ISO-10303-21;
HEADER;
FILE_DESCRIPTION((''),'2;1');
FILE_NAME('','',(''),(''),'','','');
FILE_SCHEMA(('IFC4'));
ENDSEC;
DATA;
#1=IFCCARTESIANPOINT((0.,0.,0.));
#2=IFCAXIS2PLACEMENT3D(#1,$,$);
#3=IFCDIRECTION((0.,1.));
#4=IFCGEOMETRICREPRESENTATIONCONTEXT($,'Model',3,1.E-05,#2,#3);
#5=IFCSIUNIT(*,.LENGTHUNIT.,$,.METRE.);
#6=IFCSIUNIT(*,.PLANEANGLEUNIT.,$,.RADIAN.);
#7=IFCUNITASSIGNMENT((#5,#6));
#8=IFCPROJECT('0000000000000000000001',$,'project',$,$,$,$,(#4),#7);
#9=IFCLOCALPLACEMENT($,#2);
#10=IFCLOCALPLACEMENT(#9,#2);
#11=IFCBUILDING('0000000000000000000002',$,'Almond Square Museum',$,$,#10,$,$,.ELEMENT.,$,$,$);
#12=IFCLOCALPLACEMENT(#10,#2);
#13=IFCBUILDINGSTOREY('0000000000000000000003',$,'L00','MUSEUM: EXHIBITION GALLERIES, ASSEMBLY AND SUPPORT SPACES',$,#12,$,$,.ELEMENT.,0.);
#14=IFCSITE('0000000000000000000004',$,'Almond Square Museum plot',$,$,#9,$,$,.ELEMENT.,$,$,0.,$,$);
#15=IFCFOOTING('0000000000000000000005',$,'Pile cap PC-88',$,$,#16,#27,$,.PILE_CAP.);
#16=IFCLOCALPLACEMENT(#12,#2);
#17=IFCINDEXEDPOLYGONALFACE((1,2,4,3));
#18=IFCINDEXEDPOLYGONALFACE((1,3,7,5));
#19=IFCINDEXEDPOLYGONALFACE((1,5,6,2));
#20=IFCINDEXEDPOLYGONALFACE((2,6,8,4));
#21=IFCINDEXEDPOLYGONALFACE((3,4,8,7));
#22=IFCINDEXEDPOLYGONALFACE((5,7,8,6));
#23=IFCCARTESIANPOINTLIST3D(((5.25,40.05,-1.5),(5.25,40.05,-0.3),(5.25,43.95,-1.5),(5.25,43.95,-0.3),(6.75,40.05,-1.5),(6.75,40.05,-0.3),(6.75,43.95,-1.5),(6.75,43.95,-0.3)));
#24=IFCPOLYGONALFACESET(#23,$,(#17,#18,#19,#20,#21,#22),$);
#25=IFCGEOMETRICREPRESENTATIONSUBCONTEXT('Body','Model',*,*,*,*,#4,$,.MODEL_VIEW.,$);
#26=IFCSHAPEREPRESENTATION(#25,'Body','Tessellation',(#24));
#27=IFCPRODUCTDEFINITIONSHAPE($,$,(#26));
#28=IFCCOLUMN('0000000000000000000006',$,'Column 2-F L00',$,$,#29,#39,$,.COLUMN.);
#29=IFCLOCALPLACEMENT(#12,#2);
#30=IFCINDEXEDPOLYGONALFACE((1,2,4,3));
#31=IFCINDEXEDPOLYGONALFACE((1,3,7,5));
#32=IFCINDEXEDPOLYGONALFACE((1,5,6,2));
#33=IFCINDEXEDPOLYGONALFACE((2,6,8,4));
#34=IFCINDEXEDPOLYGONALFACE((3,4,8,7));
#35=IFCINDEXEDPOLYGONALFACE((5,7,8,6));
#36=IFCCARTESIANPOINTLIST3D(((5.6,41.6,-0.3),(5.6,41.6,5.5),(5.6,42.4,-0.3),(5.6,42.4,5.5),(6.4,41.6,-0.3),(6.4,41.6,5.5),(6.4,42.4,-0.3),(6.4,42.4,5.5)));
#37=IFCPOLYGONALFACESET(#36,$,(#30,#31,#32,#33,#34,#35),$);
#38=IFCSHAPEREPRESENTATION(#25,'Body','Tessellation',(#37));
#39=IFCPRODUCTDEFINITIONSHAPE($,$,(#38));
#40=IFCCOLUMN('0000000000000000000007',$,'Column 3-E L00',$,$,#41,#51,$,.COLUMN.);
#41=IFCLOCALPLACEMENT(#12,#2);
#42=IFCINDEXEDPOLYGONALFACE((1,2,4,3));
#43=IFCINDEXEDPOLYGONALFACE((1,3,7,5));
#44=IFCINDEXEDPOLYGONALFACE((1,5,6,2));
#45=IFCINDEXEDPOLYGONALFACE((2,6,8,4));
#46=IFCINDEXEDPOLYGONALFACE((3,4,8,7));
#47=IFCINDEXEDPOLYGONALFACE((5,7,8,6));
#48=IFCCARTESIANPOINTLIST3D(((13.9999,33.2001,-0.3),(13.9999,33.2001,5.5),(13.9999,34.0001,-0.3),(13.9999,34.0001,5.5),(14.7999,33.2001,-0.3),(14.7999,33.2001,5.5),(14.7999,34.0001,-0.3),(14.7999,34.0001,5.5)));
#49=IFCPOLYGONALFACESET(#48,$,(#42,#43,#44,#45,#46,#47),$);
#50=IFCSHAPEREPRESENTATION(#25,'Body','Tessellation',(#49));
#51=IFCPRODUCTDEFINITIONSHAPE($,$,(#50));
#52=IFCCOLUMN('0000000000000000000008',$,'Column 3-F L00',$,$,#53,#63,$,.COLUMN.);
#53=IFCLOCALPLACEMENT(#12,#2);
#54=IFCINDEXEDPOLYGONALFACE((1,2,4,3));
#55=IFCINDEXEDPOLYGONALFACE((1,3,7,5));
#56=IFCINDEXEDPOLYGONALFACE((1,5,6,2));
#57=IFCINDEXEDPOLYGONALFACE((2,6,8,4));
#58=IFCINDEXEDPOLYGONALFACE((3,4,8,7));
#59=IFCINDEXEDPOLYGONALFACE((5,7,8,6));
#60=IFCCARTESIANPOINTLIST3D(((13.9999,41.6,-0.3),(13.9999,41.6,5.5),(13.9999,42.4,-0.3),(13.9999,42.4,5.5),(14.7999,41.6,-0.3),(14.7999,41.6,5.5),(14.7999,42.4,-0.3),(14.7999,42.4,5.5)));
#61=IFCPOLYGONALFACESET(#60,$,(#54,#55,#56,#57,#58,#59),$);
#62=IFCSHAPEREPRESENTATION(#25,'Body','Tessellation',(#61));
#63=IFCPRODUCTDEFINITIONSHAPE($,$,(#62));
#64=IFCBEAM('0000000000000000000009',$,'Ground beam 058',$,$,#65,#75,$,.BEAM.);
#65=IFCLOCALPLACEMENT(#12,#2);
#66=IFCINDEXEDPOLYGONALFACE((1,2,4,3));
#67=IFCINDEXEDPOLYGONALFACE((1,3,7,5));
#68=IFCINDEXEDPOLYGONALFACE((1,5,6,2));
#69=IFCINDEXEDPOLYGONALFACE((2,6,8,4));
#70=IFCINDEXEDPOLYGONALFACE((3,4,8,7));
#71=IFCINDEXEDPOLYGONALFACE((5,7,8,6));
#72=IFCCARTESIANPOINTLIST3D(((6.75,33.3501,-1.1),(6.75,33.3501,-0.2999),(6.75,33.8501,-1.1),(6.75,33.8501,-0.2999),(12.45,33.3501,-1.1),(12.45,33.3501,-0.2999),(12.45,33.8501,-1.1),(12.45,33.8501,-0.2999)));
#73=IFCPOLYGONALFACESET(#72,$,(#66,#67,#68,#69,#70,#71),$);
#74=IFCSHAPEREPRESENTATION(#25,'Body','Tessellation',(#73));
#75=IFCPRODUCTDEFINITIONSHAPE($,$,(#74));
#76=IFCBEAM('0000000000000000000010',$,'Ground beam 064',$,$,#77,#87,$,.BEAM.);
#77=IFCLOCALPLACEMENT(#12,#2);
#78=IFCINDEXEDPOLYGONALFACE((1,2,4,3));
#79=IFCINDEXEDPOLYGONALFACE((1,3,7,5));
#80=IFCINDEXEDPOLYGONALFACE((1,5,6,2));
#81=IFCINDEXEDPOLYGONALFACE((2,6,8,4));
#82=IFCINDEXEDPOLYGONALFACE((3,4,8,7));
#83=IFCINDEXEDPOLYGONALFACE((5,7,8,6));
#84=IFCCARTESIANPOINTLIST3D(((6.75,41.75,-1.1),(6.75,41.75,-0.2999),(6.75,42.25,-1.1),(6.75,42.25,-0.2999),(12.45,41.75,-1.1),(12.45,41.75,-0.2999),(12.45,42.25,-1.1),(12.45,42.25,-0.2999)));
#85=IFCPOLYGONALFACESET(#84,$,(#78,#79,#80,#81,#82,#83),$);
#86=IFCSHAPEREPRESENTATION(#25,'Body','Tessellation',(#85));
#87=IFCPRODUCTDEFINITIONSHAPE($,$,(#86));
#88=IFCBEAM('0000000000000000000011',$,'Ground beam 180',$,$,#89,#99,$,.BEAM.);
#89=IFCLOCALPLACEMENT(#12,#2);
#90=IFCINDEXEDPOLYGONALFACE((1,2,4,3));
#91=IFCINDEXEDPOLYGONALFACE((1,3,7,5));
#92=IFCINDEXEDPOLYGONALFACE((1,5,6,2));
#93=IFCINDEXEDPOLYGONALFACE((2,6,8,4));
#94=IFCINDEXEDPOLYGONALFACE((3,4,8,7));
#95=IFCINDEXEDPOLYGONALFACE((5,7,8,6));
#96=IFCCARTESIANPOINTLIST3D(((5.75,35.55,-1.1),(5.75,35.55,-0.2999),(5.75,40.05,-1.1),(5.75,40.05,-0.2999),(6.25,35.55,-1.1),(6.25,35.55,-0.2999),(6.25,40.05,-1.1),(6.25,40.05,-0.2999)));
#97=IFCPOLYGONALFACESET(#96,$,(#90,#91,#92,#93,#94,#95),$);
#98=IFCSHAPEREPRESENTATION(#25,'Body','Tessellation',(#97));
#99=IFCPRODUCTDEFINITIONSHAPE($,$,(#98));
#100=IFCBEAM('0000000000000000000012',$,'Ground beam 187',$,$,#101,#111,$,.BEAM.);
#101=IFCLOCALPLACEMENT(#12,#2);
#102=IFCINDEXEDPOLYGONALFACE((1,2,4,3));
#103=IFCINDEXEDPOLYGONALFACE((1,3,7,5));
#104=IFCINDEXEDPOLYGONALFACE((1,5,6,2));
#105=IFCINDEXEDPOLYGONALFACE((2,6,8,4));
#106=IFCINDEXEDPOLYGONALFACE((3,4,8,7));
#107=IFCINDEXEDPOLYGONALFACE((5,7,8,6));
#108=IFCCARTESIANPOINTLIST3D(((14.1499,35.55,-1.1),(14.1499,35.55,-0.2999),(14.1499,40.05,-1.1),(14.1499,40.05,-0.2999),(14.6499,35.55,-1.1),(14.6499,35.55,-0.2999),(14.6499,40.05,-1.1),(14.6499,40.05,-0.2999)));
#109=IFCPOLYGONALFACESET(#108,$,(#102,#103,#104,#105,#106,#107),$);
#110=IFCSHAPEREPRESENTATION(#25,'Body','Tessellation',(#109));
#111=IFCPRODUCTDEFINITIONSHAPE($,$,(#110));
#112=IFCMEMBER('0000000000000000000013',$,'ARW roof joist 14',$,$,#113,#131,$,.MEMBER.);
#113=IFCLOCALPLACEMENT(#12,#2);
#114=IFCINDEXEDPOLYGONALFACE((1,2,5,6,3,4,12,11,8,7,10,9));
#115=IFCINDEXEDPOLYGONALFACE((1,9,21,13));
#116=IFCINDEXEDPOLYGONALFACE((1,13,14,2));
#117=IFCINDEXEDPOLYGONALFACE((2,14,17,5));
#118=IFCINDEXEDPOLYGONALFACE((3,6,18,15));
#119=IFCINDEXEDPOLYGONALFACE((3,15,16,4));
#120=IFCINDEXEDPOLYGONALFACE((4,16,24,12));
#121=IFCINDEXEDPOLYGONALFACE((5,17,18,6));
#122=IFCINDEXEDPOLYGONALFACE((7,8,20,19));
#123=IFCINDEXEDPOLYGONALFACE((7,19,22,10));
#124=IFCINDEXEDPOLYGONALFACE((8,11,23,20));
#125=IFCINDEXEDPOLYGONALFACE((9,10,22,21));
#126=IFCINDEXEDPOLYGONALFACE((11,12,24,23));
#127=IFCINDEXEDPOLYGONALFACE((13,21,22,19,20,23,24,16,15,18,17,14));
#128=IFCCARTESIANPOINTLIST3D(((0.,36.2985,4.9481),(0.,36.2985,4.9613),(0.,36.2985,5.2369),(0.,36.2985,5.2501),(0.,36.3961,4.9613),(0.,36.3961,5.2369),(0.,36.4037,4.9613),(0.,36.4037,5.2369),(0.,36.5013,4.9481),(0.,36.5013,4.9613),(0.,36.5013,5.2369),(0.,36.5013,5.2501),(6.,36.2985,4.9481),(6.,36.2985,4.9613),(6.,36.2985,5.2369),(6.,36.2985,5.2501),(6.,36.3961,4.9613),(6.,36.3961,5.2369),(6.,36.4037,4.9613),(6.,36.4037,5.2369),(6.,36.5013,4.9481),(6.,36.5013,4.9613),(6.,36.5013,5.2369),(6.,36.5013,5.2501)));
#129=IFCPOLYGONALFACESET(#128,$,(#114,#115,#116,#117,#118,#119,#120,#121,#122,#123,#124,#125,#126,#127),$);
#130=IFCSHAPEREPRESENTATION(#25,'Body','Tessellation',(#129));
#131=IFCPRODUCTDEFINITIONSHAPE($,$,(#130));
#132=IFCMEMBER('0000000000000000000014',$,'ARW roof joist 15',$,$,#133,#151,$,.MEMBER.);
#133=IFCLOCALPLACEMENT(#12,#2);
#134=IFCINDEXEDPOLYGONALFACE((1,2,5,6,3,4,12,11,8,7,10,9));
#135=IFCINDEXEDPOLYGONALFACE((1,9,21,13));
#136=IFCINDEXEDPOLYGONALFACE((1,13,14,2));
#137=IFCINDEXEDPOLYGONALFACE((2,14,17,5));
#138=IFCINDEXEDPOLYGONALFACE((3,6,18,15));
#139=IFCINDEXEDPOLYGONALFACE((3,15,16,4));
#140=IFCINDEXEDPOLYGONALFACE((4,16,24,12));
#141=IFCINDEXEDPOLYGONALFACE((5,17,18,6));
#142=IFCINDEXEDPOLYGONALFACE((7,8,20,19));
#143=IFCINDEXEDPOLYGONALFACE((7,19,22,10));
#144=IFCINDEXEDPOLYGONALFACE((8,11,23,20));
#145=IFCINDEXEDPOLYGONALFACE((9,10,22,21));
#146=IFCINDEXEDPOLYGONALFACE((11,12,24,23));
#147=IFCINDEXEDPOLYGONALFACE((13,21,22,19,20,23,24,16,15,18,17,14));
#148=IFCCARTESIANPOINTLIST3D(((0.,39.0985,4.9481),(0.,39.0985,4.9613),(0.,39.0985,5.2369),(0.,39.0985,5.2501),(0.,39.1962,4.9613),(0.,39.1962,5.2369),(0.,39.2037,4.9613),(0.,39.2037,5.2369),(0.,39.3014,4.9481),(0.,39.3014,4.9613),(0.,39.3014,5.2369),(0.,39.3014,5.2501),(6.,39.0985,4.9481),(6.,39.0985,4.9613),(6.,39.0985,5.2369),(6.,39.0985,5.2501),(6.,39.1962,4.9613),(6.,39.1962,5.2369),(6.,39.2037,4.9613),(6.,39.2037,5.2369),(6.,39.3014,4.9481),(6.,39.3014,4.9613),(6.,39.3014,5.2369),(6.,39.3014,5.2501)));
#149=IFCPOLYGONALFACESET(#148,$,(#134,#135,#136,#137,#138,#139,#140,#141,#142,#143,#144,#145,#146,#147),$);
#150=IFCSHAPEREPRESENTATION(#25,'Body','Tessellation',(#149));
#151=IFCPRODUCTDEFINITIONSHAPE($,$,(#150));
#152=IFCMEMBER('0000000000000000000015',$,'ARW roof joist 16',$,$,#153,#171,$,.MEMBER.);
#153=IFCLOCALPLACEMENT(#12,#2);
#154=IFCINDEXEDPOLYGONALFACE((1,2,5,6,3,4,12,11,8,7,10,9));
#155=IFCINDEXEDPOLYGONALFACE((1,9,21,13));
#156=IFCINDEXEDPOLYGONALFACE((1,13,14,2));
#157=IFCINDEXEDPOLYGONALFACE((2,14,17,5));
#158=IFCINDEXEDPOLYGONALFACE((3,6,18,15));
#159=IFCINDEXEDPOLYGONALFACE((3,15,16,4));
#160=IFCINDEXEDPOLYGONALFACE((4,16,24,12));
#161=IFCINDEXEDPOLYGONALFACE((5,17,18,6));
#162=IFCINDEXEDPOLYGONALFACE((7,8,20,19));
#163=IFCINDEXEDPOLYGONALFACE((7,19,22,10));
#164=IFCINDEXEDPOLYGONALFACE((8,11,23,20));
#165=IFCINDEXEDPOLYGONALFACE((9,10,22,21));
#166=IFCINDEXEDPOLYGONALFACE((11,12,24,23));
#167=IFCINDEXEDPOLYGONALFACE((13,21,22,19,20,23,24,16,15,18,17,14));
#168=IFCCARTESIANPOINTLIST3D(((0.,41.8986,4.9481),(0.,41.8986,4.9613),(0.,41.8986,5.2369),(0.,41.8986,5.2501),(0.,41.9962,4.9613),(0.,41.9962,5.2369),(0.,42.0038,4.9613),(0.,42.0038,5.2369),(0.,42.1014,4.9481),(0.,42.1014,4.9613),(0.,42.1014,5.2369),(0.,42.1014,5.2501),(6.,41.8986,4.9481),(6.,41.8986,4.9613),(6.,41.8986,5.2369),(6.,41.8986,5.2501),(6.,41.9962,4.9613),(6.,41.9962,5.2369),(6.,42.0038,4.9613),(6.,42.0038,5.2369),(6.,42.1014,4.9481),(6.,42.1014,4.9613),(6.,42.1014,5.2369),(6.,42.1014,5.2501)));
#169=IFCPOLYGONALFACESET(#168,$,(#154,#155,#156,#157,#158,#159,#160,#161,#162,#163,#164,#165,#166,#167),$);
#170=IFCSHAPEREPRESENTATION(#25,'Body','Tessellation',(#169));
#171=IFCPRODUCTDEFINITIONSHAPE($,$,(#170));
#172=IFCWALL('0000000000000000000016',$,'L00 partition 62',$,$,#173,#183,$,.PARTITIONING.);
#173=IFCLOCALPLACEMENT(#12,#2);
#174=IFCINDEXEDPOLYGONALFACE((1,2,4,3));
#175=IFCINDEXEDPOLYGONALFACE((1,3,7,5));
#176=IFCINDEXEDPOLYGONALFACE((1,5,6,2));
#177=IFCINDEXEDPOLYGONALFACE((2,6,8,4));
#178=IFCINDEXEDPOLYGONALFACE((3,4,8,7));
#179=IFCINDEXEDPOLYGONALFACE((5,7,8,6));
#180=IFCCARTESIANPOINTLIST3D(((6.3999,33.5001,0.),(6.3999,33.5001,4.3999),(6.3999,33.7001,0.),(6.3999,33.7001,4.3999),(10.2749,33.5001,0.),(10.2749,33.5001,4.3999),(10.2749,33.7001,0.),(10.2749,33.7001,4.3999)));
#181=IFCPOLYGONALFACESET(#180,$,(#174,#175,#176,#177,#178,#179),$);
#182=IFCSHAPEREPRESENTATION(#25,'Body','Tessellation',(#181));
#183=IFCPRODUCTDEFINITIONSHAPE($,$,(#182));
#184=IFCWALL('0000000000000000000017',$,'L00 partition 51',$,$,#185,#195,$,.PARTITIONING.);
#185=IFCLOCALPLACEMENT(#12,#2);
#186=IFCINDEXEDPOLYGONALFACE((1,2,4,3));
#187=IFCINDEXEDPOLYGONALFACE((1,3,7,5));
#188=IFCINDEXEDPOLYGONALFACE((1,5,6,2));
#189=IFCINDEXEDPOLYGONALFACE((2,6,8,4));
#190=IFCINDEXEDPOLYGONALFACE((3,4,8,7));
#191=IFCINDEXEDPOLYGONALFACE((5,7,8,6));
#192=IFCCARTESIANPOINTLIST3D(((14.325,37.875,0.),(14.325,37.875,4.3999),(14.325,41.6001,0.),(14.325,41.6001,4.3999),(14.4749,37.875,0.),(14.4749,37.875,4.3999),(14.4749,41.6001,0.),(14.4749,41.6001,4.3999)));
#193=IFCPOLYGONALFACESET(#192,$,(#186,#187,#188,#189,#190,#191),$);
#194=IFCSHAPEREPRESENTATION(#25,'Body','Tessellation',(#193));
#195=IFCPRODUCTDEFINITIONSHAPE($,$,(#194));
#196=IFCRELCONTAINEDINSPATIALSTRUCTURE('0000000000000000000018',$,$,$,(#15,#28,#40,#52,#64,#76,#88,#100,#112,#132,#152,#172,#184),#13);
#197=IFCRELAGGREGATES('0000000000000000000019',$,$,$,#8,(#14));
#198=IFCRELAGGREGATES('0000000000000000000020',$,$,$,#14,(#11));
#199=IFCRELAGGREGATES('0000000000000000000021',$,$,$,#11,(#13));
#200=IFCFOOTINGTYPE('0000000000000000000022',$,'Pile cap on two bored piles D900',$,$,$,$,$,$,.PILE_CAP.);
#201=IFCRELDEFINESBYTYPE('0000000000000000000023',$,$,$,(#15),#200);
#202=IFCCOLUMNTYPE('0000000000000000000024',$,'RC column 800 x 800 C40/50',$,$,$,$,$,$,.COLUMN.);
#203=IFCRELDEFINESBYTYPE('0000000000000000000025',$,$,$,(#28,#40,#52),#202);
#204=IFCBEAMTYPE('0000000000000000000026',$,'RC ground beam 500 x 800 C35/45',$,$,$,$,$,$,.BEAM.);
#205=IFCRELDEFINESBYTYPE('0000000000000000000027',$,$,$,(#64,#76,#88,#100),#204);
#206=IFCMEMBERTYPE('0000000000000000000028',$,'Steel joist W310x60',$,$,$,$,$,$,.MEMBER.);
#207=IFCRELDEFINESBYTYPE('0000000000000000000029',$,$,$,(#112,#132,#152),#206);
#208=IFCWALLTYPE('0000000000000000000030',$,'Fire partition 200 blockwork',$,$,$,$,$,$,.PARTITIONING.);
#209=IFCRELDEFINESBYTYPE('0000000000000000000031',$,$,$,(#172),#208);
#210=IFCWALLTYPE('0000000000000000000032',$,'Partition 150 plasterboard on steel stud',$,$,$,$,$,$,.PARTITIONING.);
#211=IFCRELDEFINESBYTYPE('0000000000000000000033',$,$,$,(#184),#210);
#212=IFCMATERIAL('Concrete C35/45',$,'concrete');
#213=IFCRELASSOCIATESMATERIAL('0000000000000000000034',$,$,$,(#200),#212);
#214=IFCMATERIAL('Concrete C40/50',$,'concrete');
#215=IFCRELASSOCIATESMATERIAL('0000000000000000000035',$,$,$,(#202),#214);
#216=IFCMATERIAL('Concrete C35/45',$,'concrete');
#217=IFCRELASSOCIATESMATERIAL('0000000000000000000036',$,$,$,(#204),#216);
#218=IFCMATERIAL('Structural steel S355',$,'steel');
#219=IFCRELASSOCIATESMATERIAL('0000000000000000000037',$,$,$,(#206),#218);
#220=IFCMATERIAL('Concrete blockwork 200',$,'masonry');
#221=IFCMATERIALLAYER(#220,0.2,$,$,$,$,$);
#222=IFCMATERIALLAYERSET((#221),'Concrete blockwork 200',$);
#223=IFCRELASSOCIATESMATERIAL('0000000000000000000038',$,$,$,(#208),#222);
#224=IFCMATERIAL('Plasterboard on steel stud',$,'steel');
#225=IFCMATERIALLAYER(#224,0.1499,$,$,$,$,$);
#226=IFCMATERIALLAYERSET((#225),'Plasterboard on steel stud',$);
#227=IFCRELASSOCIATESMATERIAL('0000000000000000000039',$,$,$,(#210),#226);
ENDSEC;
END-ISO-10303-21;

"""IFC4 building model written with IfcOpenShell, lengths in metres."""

from ifc_helpers import new_model, si_unit, direction, frame, frame_2d, origin, origin_2d, place, context, subcontext, project, spatial, rectangle, i_section, extrude, material, layer, layer_set, material_profile, profile_set, type_object, element, save


model = new_model("IFC4")

# Units and contexts
model_context = context("Model", 3, precision=1e-05, world=origin(), true_north=direction((0.0, 1.0)))
body_context = subcontext(model_context, "Body", "Model", "MODEL_VIEW")
ifc_project = project(units=[si_unit("LENGTHUNIT", "METRE"), si_unit("PLANEANGLEUNIT", "RADIAN")], contexts=[model_context])

# Site, building, storey
site_placement = place(None, origin())
site = spatial("IfcSite", under=ifc_project, at=site_placement, Name="Almond Square Museum plot", CompositionType="ELEMENT", RefElevation=0.0)
building_placement = place(site_placement, origin())
building = spatial("IfcBuilding", under=site, at=building_placement, Name="Almond Square Museum", CompositionType="ELEMENT")
storey_placement = place(building_placement, origin())
storey = spatial("IfcBuildingStorey", under=building, at=storey_placement, Name="L00", Description="MUSEUM: EXHIBITION GALLERIES, ASSEMBLY AND SUPPORT SPACES", CompositionType="ELEMENT", Elevation=0.0)

# Footing
ifc_material_1 = material(Name="Concrete C35/45", Category="concrete")
footing_type_1 = type_object("IfcFootingType", Name="Pile cap on two bored piles D900", PredefinedType="PILE_CAP", material=ifc_material_1)
footing_placement = place(storey_placement, frame((6.0, 42.0, -1.5), z_axis=(0.0, 0.0, 1.0), x_axis=(1.0, 0.0, 0.0)))
element("IfcFooting", 1, at=footing_placement, inside=storey, type_object=footing_type_1, Name="Pile cap PC-88", PredefinedType="PILE_CAP", context=body_context, shape_type="SweptSolid", body=[
    extrude(rectangle(XDim=1.5, YDim=3.8999, at=origin_2d()), origin(), (0.0, 0.0, 1.0), 1.2),
])

# Columns
ifc_material_2 = material(Name="Concrete C40/50", Category="concrete")
ifc_material_profile_1 = material_profile(ifc_material_2, rectangle(XDim=0.8, YDim=0.8, at=origin_2d()))
ifc_profile_set_1 = profile_set([ifc_material_profile_1], Name="Concrete C40/50")
column_type = type_object("IfcColumnType", Name="RC column 800 x 800 C40/50", PredefinedType="COLUMN", material=ifc_profile_set_1)
for number, where, z_axis, x_axis, name in (
    (2, (6.0, 42.0, -0.3), (0.0, 0.0, 1.0), (1.0, 0.0, 0.0), "Column 2-F L00"),
    (3, (14.3999, 33.6001, -0.3), (0.0, 0.0, 1.0), (1.0, 0.0, 0.0), "Column 3-E L00"),
    (4, (14.3999, 42.0, -0.3), (0.0, 0.0, 1.0), (1.0, 0.0, 0.0), "Column 3-F L00"),
):
    element("IfcColumn", number, at=place(storey_placement, frame(where, z_axis=z_axis, x_axis=x_axis)), inside=storey, type_object=column_type, Name=name, PredefinedType="COLUMN", context=body_context, shape_type="SweptSolid", body=[
        extrude(rectangle(XDim=0.8, YDim=0.8, at=origin_2d()), origin(), (0.0, 0.0, 1.0), 5.8),
    ])

# Beams
ifc_material_3 = material(Name="Concrete C35/45", Category="concrete")
ifc_material_profile_2 = material_profile(ifc_material_3, rectangle(XDim=0.5, YDim=0.8, at=origin_2d()))
ifc_profile_set_2 = profile_set([ifc_material_profile_2], Name="Concrete C35/45")
beam_type = type_object("IfcBeamType", Name="RC ground beam 500 x 800 C35/45", PredefinedType="BEAM", material=ifc_profile_set_2)
for number, where, z_axis, x_axis, name in (
    (5, (6.75, 33.6001, -0.7), (1.0, 0.0, 0.0), (0.0, 1.0, 0.0), "Ground beam 058"),
    (6, (6.75, 42.0, -0.7), (1.0, 0.0, 0.0), (0.0, 1.0, 0.0), "Ground beam 064"),
):
    element("IfcBeam", number, at=place(storey_placement, frame(where, z_axis=z_axis, x_axis=x_axis)), inside=storey, type_object=beam_type, Name=name, PredefinedType="BEAM", context=body_context, shape_type="SweptSolid", body=[
        extrude(rectangle(XDim=0.5, YDim=0.8, at=origin_2d()), origin(), (0.0, 0.0, 1.0), 5.7),
    ])
for number, where, z_axis, x_axis, name in (
    (7, (6.0, 35.55, -0.7), (0.0, 1.0, 0.0), (-1.0, 0.0, 0.0), "Ground beam 180"),
    (8, (14.3999, 35.55, -0.7), (0.0, 1.0, 0.0), (-1.0, 0.0, 0.0), "Ground beam 187"),
):
    element("IfcBeam", number, at=place(storey_placement, frame(where, z_axis=z_axis, x_axis=x_axis)), inside=storey, type_object=beam_type, Name=name, PredefinedType="BEAM", context=body_context, shape_type="SweptSolid", body=[
        extrude(rectangle(XDim=0.5, YDim=0.8, at=origin_2d()), origin(), (0.0, 0.0, 1.0), 4.5),
    ])

# Members
ifc_material_4 = material(Name="Structural steel S355", Category="steel")
ifc_material_profile_3 = material_profile(ifc_material_4, i_section(OverallWidth=0.2029, OverallDepth=0.302, WebThickness=0.0076, FlangeThickness=0.0132, at=origin_2d()))
ifc_profile_set_3 = profile_set([ifc_material_profile_3], Name="Structural steel S355")
member_type = type_object("IfcMemberType", Name="Steel joist W310x60", PredefinedType="MEMBER", material=ifc_profile_set_3)
for number, where, z_axis, x_axis, name in (
    (9, (6.0, 36.3999, 5.0991), (-1.0, 0.0, 0.0), (0.0, -1.0, 0.0), "ARW roof joist 14"),
    (10, (6.0, 39.2, 5.0991), (-1.0, 0.0, 0.0), (0.0, -1.0, 0.0), "ARW roof joist 15"),
    (11, (6.0, 42.0, 5.0991), (-1.0, 0.0, 0.0), (0.0, -1.0, 0.0), "ARW roof joist 16"),
):
    element("IfcMember", number, at=place(storey_placement, frame(where, z_axis=z_axis, x_axis=x_axis)), inside=storey, type_object=member_type, Name=name, PredefinedType="MEMBER", context=body_context, shape_type="SweptSolid", body=[
        extrude(i_section(OverallWidth=0.2029, OverallDepth=0.302, WebThickness=0.0076, FlangeThickness=0.0132, at=origin_2d()), origin(), (0.0, 0.0, 1.0), 6.0),
    ])

# Walls
ifc_material_5 = material(Name="Concrete blockwork 200", Category="masonry")
ifc_layer_1 = layer(ifc_material_5, 0.2)
ifc_layer_set_1 = layer_set([ifc_layer_1], Name="Concrete blockwork 200")
wall_type_1 = type_object("IfcWallType", Name="Fire partition 200 blockwork", PredefinedType="PARTITIONING", material=ifc_layer_set_1)
wall_1_placement = place(storey_placement, frame((6.3999, 33.6001, 0.0), z_axis=(0.0, 0.0, 1.0), x_axis=(1.0, 0.0, 0.0)))
element("IfcWall", 12, at=wall_1_placement, inside=storey, type_object=wall_type_1, Name="L00 partition 62", PredefinedType="PARTITIONING", context=body_context, shape_type="SweptSolid", body=[
    extrude(rectangle(XDim=3.875, YDim=0.2, at=frame_2d((1.9375, 0.0))), origin(), (0.0, 0.0, 1.0), 4.3999),
])
ifc_material_6 = material(Name="Plasterboard on steel stud", Category="steel")
ifc_layer_2 = layer(ifc_material_6, 0.1499)
ifc_layer_set_2 = layer_set([ifc_layer_2], Name="Plasterboard on steel stud")
wall_type_2 = type_object("IfcWallType", Name="Partition 150 plasterboard on steel stud", PredefinedType="PARTITIONING", material=ifc_layer_set_2)
wall_2_placement = place(storey_placement, frame((14.3999, 37.875, 0.0), z_axis=(0.0, 0.0, 1.0), x_axis=(0.0, 1.0, 0.0)))
element("IfcWall", 13, at=wall_2_placement, inside=storey, type_object=wall_type_2, Name="L00 partition 51", PredefinedType="PARTITIONING", context=body_context, shape_type="SweptSolid", body=[
    extrude(rectangle(XDim=3.7251, YDim=0.1499, at=frame_2d((1.8625, 0.0))), origin(), (0.0, 0.0, 1.0), 4.3999),
])

save(model, "model.ifc")
